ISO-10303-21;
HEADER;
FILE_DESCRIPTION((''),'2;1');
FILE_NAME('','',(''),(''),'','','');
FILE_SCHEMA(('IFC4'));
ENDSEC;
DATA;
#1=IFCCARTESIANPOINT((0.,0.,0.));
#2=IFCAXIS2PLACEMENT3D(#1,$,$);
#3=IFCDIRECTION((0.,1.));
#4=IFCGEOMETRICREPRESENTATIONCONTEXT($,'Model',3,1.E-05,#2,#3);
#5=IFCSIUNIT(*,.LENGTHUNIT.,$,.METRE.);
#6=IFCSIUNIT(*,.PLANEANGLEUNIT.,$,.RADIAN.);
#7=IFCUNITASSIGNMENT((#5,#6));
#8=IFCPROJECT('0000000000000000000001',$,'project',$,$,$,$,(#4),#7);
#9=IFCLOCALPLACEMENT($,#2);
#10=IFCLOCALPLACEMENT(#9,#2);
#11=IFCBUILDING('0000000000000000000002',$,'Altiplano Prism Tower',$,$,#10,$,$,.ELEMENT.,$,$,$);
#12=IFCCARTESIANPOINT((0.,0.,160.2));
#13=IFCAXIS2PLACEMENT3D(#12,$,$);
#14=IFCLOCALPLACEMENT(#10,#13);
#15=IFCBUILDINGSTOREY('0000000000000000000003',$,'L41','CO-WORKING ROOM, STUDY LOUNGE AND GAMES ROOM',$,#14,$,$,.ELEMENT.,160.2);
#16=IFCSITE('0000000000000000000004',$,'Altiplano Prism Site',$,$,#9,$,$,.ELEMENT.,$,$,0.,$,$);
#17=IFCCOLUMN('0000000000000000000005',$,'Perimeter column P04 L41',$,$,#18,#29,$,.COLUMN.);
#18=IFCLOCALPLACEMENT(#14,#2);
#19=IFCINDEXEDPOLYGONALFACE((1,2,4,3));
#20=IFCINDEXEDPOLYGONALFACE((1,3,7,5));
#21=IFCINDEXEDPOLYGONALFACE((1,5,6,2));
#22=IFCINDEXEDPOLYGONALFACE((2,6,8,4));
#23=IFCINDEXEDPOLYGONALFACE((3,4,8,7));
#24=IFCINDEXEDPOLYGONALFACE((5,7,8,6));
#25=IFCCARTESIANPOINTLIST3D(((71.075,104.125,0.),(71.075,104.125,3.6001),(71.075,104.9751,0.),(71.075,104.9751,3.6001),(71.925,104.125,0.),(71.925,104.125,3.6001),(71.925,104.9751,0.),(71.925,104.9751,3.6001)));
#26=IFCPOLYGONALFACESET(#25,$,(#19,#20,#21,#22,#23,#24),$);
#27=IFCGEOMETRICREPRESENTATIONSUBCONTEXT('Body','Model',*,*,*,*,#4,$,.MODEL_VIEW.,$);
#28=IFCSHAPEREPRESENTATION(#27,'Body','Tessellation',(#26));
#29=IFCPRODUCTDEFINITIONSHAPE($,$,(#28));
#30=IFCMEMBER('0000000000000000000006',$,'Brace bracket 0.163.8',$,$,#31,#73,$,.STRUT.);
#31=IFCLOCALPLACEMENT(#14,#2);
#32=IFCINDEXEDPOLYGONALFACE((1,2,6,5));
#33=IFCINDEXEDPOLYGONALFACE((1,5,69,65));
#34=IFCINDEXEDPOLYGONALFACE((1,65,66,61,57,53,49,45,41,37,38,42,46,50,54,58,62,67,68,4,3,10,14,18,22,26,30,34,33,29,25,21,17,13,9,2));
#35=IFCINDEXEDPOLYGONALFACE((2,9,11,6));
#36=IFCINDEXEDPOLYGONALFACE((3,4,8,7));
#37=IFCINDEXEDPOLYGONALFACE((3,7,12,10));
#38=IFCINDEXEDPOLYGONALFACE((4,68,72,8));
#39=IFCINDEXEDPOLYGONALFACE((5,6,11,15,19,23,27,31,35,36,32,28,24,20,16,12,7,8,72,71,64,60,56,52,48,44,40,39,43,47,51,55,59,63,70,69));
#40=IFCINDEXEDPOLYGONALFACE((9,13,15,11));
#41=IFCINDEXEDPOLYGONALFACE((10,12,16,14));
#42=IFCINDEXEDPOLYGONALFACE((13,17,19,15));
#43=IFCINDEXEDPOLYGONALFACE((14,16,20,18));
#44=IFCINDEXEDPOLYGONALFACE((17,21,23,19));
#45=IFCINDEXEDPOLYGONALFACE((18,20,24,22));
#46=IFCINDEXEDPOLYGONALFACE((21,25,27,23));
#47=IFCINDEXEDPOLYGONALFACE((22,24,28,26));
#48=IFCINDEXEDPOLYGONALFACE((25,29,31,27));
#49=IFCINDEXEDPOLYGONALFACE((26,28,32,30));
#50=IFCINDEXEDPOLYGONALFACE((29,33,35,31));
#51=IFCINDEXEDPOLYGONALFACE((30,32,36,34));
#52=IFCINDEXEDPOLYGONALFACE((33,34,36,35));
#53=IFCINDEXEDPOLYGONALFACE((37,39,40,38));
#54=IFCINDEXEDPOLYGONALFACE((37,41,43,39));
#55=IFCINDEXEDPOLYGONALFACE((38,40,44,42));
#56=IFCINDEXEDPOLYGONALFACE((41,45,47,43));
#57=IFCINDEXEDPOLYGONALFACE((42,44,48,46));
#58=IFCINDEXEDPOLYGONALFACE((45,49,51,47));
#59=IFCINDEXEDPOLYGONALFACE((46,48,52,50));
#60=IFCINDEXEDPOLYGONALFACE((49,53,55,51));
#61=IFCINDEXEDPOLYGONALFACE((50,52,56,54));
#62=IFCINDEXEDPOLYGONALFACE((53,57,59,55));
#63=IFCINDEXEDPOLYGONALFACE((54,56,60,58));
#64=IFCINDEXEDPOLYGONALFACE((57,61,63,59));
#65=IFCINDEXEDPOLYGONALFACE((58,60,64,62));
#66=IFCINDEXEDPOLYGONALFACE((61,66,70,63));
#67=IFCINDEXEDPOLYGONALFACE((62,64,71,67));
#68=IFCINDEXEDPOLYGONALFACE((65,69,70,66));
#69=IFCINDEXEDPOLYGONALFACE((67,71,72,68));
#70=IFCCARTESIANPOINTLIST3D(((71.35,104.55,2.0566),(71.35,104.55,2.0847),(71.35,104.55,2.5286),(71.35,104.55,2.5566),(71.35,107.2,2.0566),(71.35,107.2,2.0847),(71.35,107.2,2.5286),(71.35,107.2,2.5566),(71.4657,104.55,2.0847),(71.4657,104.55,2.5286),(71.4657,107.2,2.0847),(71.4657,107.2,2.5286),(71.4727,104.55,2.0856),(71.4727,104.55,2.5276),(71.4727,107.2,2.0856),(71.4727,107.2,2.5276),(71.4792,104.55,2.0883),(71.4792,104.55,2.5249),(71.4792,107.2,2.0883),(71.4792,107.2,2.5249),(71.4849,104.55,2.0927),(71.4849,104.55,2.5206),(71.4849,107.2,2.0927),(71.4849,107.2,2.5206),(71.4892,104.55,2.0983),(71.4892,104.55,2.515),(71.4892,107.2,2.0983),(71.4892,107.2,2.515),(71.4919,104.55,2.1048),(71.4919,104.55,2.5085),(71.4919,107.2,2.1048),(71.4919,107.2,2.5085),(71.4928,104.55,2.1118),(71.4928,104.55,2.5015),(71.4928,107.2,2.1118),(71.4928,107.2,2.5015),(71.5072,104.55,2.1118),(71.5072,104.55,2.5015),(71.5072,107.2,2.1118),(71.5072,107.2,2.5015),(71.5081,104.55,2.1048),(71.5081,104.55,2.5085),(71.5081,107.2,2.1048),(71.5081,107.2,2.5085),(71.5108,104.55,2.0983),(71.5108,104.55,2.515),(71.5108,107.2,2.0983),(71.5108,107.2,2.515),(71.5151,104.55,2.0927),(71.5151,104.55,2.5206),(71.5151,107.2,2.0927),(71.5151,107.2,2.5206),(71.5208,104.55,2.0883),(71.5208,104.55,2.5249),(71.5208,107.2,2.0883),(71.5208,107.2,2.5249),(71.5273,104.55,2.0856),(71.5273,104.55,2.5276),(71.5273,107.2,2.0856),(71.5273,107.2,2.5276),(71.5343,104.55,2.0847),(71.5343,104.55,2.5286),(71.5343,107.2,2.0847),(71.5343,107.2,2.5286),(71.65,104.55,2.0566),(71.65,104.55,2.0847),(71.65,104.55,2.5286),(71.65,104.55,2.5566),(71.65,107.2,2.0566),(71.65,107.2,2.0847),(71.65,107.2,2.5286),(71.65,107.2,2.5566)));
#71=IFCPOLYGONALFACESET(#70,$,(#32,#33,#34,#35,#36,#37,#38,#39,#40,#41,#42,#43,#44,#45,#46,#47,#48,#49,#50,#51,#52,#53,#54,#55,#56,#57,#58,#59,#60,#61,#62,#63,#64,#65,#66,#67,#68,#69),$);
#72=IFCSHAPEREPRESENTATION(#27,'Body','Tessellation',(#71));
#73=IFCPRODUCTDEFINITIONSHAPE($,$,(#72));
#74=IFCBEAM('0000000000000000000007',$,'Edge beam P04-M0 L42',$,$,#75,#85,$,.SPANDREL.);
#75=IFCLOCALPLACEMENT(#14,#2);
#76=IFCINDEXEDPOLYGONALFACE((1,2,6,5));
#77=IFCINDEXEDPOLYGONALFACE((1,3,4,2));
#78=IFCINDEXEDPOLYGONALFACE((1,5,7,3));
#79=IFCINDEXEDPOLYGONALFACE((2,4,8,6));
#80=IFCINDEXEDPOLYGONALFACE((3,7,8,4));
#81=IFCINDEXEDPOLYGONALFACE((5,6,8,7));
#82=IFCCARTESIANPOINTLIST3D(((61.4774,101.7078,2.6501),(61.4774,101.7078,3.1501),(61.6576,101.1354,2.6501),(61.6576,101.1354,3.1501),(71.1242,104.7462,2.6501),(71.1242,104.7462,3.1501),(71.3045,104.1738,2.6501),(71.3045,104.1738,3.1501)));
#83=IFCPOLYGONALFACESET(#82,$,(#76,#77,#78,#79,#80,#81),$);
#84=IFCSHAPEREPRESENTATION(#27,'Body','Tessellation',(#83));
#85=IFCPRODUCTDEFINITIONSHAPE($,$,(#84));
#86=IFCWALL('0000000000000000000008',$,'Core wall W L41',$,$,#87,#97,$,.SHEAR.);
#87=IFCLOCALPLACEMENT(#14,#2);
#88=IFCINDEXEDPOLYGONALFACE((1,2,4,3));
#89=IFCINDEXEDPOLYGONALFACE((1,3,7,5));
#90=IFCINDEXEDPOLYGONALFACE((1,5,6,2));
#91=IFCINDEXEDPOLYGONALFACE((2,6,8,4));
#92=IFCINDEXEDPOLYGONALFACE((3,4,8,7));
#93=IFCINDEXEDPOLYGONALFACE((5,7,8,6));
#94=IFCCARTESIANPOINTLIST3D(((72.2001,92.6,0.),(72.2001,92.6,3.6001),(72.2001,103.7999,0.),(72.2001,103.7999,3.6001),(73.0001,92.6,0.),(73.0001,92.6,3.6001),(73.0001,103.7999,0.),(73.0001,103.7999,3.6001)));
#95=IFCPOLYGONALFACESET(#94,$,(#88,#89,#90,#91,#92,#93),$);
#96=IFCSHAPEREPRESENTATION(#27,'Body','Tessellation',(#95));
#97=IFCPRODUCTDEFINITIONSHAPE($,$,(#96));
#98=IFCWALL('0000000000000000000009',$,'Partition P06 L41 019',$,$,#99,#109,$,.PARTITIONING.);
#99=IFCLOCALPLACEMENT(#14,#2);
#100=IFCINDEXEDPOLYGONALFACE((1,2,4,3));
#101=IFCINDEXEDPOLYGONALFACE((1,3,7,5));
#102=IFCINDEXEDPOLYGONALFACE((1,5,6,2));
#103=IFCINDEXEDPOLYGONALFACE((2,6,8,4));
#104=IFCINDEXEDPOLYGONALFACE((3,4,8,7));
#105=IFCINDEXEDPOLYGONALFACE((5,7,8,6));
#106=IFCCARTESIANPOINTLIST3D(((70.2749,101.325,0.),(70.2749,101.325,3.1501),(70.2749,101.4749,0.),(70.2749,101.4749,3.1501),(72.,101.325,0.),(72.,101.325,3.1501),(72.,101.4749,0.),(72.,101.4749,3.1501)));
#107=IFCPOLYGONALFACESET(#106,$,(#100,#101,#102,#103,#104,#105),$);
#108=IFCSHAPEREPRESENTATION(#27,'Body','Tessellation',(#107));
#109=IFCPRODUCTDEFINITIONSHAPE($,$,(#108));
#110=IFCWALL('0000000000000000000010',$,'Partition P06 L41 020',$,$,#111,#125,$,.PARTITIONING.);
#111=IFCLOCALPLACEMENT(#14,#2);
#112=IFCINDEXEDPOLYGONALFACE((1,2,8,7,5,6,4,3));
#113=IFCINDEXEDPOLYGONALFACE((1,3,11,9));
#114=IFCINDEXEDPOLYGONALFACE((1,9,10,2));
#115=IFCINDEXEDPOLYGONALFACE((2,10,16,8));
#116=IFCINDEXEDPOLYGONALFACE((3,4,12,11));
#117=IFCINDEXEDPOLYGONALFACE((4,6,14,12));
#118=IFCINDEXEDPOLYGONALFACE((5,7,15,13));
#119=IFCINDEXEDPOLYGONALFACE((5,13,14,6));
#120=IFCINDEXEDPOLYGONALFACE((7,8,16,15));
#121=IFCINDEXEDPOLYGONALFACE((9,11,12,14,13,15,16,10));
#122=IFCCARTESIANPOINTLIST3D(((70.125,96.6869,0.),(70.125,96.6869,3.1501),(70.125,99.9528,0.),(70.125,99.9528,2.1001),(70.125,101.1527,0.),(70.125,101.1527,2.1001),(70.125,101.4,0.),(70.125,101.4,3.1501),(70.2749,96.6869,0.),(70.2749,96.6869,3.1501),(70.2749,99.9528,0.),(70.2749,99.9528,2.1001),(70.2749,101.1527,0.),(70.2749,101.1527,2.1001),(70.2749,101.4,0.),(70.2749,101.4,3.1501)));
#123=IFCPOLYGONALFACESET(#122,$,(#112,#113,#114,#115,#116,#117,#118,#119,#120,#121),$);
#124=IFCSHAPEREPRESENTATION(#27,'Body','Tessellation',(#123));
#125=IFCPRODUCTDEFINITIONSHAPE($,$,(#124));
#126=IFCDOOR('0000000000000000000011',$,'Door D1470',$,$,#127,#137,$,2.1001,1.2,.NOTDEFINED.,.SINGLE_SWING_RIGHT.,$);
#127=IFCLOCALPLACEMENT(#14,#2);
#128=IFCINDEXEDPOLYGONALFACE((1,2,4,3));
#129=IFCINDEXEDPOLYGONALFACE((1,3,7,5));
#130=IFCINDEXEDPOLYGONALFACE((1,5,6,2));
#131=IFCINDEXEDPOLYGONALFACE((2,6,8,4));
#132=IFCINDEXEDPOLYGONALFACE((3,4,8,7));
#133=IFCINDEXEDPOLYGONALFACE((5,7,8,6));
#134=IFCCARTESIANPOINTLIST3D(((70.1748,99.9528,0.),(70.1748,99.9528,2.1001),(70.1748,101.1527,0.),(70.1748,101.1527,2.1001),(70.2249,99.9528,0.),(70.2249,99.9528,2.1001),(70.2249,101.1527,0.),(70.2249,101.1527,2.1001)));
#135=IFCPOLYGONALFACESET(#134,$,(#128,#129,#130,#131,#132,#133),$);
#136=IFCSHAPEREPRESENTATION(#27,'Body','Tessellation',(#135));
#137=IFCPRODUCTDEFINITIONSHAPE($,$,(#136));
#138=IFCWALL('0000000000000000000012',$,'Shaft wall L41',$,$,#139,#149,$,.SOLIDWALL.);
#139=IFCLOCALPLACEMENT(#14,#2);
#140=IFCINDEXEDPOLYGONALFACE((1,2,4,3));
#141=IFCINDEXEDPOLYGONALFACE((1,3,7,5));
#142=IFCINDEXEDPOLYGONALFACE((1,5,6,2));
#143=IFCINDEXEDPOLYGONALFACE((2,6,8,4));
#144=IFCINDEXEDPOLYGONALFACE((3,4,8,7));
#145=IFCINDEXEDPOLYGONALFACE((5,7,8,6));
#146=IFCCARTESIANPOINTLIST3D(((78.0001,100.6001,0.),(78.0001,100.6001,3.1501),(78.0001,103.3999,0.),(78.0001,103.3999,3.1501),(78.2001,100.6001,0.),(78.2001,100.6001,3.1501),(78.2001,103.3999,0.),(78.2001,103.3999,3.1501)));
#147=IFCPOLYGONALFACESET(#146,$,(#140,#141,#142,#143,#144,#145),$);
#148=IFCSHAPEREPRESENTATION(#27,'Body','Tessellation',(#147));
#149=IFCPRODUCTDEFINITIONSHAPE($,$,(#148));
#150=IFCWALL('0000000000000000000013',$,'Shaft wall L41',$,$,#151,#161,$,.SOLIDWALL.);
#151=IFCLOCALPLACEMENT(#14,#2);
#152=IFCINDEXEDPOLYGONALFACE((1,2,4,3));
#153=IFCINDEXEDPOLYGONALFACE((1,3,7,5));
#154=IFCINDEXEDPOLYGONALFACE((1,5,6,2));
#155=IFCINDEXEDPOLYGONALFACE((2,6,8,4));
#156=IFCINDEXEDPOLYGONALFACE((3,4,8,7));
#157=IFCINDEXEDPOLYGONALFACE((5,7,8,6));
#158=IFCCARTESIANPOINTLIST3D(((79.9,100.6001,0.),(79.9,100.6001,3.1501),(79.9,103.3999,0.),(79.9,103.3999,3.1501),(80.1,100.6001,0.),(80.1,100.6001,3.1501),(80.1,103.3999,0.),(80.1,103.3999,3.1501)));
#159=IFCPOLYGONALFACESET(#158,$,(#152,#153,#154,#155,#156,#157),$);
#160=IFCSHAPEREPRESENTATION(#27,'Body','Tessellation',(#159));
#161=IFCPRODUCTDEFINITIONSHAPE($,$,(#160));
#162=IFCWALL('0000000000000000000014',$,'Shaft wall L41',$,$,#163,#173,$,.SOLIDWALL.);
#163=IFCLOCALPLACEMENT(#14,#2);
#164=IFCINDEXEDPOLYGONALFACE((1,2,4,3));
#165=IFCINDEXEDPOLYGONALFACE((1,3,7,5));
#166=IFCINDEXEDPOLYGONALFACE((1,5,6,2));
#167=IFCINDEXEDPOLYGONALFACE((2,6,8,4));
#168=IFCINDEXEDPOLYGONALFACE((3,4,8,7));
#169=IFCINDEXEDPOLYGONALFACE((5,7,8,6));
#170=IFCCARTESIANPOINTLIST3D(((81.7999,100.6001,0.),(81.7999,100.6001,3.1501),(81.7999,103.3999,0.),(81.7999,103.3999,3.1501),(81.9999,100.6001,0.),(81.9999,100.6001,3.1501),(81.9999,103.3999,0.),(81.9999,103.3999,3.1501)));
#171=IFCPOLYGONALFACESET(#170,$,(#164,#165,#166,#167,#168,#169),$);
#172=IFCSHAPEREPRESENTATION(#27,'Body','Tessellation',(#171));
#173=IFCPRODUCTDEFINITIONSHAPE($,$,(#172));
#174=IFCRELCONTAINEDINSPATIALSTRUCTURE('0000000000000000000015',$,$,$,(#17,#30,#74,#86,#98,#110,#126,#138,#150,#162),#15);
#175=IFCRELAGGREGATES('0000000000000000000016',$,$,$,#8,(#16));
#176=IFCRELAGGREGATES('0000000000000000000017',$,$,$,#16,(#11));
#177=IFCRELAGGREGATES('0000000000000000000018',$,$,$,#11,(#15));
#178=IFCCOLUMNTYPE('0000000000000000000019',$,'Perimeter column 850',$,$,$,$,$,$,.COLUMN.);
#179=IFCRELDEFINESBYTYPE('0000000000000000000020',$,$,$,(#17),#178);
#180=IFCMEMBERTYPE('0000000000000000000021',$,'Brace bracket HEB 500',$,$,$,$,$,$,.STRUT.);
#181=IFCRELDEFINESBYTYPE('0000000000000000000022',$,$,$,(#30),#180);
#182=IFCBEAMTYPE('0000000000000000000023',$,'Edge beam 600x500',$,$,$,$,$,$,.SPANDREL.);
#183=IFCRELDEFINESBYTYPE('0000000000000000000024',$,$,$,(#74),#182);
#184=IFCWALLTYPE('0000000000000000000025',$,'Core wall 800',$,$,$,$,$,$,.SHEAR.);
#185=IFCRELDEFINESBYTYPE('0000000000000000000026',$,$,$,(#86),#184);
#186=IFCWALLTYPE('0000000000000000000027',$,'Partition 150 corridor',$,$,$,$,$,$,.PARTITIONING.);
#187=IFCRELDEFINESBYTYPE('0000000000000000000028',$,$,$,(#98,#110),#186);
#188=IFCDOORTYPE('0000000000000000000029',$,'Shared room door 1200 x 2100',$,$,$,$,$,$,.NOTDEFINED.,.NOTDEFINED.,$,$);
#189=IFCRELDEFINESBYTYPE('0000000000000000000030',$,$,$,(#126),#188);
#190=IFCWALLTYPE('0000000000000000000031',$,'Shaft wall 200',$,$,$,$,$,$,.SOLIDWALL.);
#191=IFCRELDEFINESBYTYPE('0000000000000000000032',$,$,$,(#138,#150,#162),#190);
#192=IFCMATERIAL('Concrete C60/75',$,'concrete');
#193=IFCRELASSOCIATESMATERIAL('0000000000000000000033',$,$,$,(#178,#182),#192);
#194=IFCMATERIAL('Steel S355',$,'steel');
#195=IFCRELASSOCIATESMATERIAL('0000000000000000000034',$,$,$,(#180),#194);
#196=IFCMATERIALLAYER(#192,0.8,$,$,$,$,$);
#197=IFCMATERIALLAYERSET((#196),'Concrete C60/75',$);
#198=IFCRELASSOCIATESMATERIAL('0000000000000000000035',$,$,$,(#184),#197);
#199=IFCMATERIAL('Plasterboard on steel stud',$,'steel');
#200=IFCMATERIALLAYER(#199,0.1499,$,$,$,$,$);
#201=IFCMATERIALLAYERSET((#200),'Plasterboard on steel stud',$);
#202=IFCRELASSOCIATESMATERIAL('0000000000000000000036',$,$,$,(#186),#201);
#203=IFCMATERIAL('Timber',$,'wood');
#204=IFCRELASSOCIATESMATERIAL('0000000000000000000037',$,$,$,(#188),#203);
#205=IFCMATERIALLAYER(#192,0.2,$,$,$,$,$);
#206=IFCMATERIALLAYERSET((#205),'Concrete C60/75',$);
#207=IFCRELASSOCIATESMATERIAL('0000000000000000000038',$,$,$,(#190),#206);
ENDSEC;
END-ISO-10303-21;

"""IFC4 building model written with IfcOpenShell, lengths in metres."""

from ifc_helpers import new_model, si_unit, direction, frame, frame_2d, origin, origin_2d, place, context, subcontext, project, spatial, rectangle, i_section, extrude, material, layer, layer_set, material_profile, profile_set, type_object, element, fill, save


model = new_model("IFC4")

# Units and contexts
model_context = context("Model", 3, precision=1e-05, world=origin(), true_north=direction((0.0, 1.0)))
body_context = subcontext(model_context, "Body", "Model", "MODEL_VIEW")
ifc_project = project(units=[si_unit("LENGTHUNIT", "METRE"), si_unit("PLANEANGLEUNIT", "RADIAN")], contexts=[model_context])

# Site, building, storey
site_placement = place(None, origin())
site = spatial("IfcSite", under=ifc_project, at=site_placement, Name="Altiplano Prism Site", CompositionType="ELEMENT", RefElevation=0.0)
building_placement = place(site_placement, origin())
building = spatial("IfcBuilding", under=site, at=building_placement, Name="Altiplano Prism Tower", CompositionType="ELEMENT")
storey_placement = place(building_placement, frame((0.0, 0.0, 160.2)))
storey = spatial("IfcBuildingStorey", under=building, at=storey_placement, Name="L41", Description="CO-WORKING ROOM, STUDY LOUNGE AND GAMES ROOM", CompositionType="ELEMENT", Elevation=160.2)

# Column
ifc_material_1 = material(Name="Concrete C60/75", Category="concrete")
ifc_material_profile_1 = material_profile(ifc_material_1, rectangle(XDim=0.8501, YDim=0.8501, at=origin_2d()), Name="Perimeter column 850")
ifc_profile_set_1 = profile_set([ifc_material_profile_1], Name="Concrete C60/75")
column_type = type_object("IfcColumnType", Name="Perimeter column 850", PredefinedType="COLUMN", material=ifc_profile_set_1)
column_placement = place(storey_placement, frame((71.5, 104.55, 0.0), z_axis=(0.0, 0.0, 1.0), x_axis=(1.0, 0.0, 0.0)))
element("IfcColumn", 1, at=column_placement, inside=storey, type_object=column_type, Name="Perimeter column P04 L41", PredefinedType="COLUMN", context=body_context, shape_type="SweptSolid", body=[
    extrude(rectangle(XDim=0.8501, YDim=0.8501, at=origin_2d()), origin(), (0.0, 0.0, 1.0), 3.6001),
])

# Member
ifc_material_2 = material(Name="Steel S355", Category="steel")
ifc_material_profile_2 = material_profile(ifc_material_2, i_section(OverallWidth=0.3, OverallDepth=0.5, WebThickness=0.0144, FlangeThickness=0.0281, FilletRadius=0.0271, at=origin_2d()), Name="Brace bracket HEB 500")
ifc_profile_set_2 = profile_set([ifc_material_profile_2], Name="Steel S355")
member_type = type_object("IfcMemberType", Name="Brace bracket HEB 500", PredefinedType="STRUT", material=ifc_profile_set_2)
member_placement = place(storey_placement, frame((71.5, 104.55, 2.3066), z_axis=(0.0, 1.0, 0.0), x_axis=(-1.0, 0.0, 0.0)))
element("IfcMember", 2, at=member_placement, inside=storey, type_object=member_type, Name="Brace bracket 0.163.8", PredefinedType="STRUT", context=body_context, shape_type="SweptSolid", body=[
    extrude(i_section(OverallWidth=0.3, OverallDepth=0.5, WebThickness=0.0144, FlangeThickness=0.0281, FilletRadius=0.0271, at=origin_2d()), origin(), (0.0, 0.0, 1.0), 2.6499),
])

# Beam
ifc_material_profile_3 = material_profile(ifc_material_1, rectangle(XDim=0.6001, YDim=0.5, at=origin_2d()), Name="Edge beam 600x500")
ifc_profile_set_3 = profile_set([ifc_material_profile_3], Name="Concrete C60/75")
beam_type = type_object("IfcBeamType", Name="Edge beam 600x500", PredefinedType="SPANDREL", material=ifc_profile_set_3)
beam_placement = place(storey_placement, frame((71.2144, 104.46, 2.9001), z_axis=(-0.95381, -0.300412, 0.0), x_axis=(0.300412, -0.95381, 0.0)))
element("IfcBeam", 3, at=beam_placement, inside=storey, type_object=beam_type, Name="Edge beam P04-M0 L42", PredefinedType="SPANDREL", context=body_context, shape_type="SweptSolid", body=[
    extrude(rectangle(XDim=0.6001, YDim=0.5, at=origin_2d()), origin(), (0.0, 0.0, 1.0), 10.114),
])

# Walls
ifc_layer_1 = layer(ifc_material_1, 0.8)
ifc_layer_set_1 = layer_set([ifc_layer_1], Name="Concrete C60/75")
wall_type_1 = type_object("IfcWallType", Name="Core wall 800", PredefinedType="SHEAR", material=ifc_layer_set_1)
wall_1_placement = place(storey_placement, frame((72.6001, 103.8, 0.0), z_axis=(0.0, 0.0, 1.0), x_axis=(0.0, -1.0, 0.0)))
element("IfcWall", 4, at=wall_1_placement, inside=storey, type_object=wall_type_1, Name="Core wall W L41", PredefinedType="SHEAR", context=body_context, shape_type="SweptSolid", body=[
    extrude(rectangle(XDim=11.2, YDim=0.8, at=frame_2d((5.6001, 0.0))), origin(), (0.0, 0.0, 1.0), 3.6001),
])
ifc_material_3 = material(Name="Plasterboard on steel stud", Category="steel")
ifc_layer_2 = layer(ifc_material_3, 0.1499)
ifc_layer_set_2 = layer_set([ifc_layer_2], Name="Plasterboard on steel stud")
wall_type_2 = type_object("IfcWallType", Name="Partition 150 corridor", PredefinedType="PARTITIONING", material=ifc_layer_set_2)
wall_2_placement = place(storey_placement, frame((72.0, 101.3999, 0.0), z_axis=(0.0, 0.0, 1.0), x_axis=(-1.0, 0.0, 0.0)))
element("IfcWall", 5, at=wall_2_placement, inside=storey, type_object=wall_type_2, Name="Partition P06 L41 019", PredefinedType="PARTITIONING", context=body_context, shape_type="SweptSolid", body=[
    extrude(rectangle(XDim=1.7251, YDim=0.1499, at=frame_2d((0.8625, 0.0))), origin(), (0.0, 0.0, 1.0), 3.1501),
])

# Wall, opening, door
wall_3_placement = place(storey_placement, frame((70.2, 101.3999, 0.0), z_axis=(0.0, 0.0, 1.0), x_axis=(0.0, -1.0, 0.0)))
wall_3 = element("IfcWall", 6, at=wall_3_placement, inside=storey, type_object=wall_type_2, Name="Partition P06 L41 020", PredefinedType="PARTITIONING", context=body_context, shape_type="SweptSolid", body=[
    extrude(rectangle(XDim=4.7131, YDim=0.1499, at=frame_2d((2.3564, 0.0))), origin(), (0.0, 0.0, 1.0), 3.1501),
])
opening_placement = place(wall_3_placement, frame((0.2471, 0.0, 0.0)))
opening = element("IfcOpeningElement", 7, at=opening_placement, cuts=wall_3, PredefinedType="OPENING", context=body_context, shape_type="SweptSolid", body=[
    extrude(rectangle(XDim=1.2, YDim=2.1001, at=frame_2d((0.6001, 1.05))), frame((0.0, 0.0854, 0.0), z_axis=(0.0, -1.0, 0.0), x_axis=(1.0, 0.0, 0.0)), (0.0, 0.0, 1.0), 0.1709),
])
ifc_material_4 = material(Name="Timber", Category="wood")
door_type = type_object("IfcDoorType", Name="Shared room door 1200 x 2100", OperationType="NOTDEFINED", PredefinedType="NOTDEFINED", material=ifc_material_4)
door_placement = place(opening_placement, origin())
door = element("IfcDoor", 8, at=door_placement, inside=storey, type_object=door_type, Name="Door D1470", OperationType="SINGLE_SWING_RIGHT", OverallHeight=2.1001, OverallWidth=1.2, PredefinedType="NOTDEFINED", context=body_context, shape_type="SweptSolid", body=[
    extrude(rectangle(XDim=1.2, YDim=2.1001, at=frame_2d((0.6001, 1.05))), frame((0.0, 0.0249, 0.0), z_axis=(0.0, -1.0, 0.0), x_axis=(1.0, 0.0, 0.0)), (0.0, 0.0, 1.0), 0.05),
])
fill(opening, door)

# Walls
ifc_layer_3 = layer(ifc_material_1, 0.2)
ifc_layer_set_3 = layer_set([ifc_layer_3], Name="Concrete C60/75")
wall_type_3 = type_object("IfcWallType", Name="Shaft wall 200", PredefinedType="SOLIDWALL", material=ifc_layer_set_3)
for number, where, z_axis, x_axis, name in (
    (9, (78.1001, 100.6001, 0.0), (0.0, 0.0, 1.0), (0.0, 1.0, 0.0), "Shaft wall L41"),
    (10, (80.0, 100.6001, 0.0), (0.0, 0.0, 1.0), (0.0, 1.0, 0.0), "Shaft wall L41"),
    (11, (81.8999, 100.6001, 0.0), (0.0, 0.0, 1.0), (0.0, 1.0, 0.0), "Shaft wall L41"),
):
    element("IfcWall", number, at=place(storey_placement, frame(where, z_axis=z_axis, x_axis=x_axis)), inside=storey, type_object=wall_type_3, Name=name, PredefinedType="SOLIDWALL", context=body_context, shape_type="SweptSolid", body=[
        extrude(rectangle(XDim=2.7998, YDim=0.2, at=frame_2d((1.3999, 0.0))), origin(), (0.0, 0.0, 1.0), 3.1501),
    ])

save(model, "model.ifc")
